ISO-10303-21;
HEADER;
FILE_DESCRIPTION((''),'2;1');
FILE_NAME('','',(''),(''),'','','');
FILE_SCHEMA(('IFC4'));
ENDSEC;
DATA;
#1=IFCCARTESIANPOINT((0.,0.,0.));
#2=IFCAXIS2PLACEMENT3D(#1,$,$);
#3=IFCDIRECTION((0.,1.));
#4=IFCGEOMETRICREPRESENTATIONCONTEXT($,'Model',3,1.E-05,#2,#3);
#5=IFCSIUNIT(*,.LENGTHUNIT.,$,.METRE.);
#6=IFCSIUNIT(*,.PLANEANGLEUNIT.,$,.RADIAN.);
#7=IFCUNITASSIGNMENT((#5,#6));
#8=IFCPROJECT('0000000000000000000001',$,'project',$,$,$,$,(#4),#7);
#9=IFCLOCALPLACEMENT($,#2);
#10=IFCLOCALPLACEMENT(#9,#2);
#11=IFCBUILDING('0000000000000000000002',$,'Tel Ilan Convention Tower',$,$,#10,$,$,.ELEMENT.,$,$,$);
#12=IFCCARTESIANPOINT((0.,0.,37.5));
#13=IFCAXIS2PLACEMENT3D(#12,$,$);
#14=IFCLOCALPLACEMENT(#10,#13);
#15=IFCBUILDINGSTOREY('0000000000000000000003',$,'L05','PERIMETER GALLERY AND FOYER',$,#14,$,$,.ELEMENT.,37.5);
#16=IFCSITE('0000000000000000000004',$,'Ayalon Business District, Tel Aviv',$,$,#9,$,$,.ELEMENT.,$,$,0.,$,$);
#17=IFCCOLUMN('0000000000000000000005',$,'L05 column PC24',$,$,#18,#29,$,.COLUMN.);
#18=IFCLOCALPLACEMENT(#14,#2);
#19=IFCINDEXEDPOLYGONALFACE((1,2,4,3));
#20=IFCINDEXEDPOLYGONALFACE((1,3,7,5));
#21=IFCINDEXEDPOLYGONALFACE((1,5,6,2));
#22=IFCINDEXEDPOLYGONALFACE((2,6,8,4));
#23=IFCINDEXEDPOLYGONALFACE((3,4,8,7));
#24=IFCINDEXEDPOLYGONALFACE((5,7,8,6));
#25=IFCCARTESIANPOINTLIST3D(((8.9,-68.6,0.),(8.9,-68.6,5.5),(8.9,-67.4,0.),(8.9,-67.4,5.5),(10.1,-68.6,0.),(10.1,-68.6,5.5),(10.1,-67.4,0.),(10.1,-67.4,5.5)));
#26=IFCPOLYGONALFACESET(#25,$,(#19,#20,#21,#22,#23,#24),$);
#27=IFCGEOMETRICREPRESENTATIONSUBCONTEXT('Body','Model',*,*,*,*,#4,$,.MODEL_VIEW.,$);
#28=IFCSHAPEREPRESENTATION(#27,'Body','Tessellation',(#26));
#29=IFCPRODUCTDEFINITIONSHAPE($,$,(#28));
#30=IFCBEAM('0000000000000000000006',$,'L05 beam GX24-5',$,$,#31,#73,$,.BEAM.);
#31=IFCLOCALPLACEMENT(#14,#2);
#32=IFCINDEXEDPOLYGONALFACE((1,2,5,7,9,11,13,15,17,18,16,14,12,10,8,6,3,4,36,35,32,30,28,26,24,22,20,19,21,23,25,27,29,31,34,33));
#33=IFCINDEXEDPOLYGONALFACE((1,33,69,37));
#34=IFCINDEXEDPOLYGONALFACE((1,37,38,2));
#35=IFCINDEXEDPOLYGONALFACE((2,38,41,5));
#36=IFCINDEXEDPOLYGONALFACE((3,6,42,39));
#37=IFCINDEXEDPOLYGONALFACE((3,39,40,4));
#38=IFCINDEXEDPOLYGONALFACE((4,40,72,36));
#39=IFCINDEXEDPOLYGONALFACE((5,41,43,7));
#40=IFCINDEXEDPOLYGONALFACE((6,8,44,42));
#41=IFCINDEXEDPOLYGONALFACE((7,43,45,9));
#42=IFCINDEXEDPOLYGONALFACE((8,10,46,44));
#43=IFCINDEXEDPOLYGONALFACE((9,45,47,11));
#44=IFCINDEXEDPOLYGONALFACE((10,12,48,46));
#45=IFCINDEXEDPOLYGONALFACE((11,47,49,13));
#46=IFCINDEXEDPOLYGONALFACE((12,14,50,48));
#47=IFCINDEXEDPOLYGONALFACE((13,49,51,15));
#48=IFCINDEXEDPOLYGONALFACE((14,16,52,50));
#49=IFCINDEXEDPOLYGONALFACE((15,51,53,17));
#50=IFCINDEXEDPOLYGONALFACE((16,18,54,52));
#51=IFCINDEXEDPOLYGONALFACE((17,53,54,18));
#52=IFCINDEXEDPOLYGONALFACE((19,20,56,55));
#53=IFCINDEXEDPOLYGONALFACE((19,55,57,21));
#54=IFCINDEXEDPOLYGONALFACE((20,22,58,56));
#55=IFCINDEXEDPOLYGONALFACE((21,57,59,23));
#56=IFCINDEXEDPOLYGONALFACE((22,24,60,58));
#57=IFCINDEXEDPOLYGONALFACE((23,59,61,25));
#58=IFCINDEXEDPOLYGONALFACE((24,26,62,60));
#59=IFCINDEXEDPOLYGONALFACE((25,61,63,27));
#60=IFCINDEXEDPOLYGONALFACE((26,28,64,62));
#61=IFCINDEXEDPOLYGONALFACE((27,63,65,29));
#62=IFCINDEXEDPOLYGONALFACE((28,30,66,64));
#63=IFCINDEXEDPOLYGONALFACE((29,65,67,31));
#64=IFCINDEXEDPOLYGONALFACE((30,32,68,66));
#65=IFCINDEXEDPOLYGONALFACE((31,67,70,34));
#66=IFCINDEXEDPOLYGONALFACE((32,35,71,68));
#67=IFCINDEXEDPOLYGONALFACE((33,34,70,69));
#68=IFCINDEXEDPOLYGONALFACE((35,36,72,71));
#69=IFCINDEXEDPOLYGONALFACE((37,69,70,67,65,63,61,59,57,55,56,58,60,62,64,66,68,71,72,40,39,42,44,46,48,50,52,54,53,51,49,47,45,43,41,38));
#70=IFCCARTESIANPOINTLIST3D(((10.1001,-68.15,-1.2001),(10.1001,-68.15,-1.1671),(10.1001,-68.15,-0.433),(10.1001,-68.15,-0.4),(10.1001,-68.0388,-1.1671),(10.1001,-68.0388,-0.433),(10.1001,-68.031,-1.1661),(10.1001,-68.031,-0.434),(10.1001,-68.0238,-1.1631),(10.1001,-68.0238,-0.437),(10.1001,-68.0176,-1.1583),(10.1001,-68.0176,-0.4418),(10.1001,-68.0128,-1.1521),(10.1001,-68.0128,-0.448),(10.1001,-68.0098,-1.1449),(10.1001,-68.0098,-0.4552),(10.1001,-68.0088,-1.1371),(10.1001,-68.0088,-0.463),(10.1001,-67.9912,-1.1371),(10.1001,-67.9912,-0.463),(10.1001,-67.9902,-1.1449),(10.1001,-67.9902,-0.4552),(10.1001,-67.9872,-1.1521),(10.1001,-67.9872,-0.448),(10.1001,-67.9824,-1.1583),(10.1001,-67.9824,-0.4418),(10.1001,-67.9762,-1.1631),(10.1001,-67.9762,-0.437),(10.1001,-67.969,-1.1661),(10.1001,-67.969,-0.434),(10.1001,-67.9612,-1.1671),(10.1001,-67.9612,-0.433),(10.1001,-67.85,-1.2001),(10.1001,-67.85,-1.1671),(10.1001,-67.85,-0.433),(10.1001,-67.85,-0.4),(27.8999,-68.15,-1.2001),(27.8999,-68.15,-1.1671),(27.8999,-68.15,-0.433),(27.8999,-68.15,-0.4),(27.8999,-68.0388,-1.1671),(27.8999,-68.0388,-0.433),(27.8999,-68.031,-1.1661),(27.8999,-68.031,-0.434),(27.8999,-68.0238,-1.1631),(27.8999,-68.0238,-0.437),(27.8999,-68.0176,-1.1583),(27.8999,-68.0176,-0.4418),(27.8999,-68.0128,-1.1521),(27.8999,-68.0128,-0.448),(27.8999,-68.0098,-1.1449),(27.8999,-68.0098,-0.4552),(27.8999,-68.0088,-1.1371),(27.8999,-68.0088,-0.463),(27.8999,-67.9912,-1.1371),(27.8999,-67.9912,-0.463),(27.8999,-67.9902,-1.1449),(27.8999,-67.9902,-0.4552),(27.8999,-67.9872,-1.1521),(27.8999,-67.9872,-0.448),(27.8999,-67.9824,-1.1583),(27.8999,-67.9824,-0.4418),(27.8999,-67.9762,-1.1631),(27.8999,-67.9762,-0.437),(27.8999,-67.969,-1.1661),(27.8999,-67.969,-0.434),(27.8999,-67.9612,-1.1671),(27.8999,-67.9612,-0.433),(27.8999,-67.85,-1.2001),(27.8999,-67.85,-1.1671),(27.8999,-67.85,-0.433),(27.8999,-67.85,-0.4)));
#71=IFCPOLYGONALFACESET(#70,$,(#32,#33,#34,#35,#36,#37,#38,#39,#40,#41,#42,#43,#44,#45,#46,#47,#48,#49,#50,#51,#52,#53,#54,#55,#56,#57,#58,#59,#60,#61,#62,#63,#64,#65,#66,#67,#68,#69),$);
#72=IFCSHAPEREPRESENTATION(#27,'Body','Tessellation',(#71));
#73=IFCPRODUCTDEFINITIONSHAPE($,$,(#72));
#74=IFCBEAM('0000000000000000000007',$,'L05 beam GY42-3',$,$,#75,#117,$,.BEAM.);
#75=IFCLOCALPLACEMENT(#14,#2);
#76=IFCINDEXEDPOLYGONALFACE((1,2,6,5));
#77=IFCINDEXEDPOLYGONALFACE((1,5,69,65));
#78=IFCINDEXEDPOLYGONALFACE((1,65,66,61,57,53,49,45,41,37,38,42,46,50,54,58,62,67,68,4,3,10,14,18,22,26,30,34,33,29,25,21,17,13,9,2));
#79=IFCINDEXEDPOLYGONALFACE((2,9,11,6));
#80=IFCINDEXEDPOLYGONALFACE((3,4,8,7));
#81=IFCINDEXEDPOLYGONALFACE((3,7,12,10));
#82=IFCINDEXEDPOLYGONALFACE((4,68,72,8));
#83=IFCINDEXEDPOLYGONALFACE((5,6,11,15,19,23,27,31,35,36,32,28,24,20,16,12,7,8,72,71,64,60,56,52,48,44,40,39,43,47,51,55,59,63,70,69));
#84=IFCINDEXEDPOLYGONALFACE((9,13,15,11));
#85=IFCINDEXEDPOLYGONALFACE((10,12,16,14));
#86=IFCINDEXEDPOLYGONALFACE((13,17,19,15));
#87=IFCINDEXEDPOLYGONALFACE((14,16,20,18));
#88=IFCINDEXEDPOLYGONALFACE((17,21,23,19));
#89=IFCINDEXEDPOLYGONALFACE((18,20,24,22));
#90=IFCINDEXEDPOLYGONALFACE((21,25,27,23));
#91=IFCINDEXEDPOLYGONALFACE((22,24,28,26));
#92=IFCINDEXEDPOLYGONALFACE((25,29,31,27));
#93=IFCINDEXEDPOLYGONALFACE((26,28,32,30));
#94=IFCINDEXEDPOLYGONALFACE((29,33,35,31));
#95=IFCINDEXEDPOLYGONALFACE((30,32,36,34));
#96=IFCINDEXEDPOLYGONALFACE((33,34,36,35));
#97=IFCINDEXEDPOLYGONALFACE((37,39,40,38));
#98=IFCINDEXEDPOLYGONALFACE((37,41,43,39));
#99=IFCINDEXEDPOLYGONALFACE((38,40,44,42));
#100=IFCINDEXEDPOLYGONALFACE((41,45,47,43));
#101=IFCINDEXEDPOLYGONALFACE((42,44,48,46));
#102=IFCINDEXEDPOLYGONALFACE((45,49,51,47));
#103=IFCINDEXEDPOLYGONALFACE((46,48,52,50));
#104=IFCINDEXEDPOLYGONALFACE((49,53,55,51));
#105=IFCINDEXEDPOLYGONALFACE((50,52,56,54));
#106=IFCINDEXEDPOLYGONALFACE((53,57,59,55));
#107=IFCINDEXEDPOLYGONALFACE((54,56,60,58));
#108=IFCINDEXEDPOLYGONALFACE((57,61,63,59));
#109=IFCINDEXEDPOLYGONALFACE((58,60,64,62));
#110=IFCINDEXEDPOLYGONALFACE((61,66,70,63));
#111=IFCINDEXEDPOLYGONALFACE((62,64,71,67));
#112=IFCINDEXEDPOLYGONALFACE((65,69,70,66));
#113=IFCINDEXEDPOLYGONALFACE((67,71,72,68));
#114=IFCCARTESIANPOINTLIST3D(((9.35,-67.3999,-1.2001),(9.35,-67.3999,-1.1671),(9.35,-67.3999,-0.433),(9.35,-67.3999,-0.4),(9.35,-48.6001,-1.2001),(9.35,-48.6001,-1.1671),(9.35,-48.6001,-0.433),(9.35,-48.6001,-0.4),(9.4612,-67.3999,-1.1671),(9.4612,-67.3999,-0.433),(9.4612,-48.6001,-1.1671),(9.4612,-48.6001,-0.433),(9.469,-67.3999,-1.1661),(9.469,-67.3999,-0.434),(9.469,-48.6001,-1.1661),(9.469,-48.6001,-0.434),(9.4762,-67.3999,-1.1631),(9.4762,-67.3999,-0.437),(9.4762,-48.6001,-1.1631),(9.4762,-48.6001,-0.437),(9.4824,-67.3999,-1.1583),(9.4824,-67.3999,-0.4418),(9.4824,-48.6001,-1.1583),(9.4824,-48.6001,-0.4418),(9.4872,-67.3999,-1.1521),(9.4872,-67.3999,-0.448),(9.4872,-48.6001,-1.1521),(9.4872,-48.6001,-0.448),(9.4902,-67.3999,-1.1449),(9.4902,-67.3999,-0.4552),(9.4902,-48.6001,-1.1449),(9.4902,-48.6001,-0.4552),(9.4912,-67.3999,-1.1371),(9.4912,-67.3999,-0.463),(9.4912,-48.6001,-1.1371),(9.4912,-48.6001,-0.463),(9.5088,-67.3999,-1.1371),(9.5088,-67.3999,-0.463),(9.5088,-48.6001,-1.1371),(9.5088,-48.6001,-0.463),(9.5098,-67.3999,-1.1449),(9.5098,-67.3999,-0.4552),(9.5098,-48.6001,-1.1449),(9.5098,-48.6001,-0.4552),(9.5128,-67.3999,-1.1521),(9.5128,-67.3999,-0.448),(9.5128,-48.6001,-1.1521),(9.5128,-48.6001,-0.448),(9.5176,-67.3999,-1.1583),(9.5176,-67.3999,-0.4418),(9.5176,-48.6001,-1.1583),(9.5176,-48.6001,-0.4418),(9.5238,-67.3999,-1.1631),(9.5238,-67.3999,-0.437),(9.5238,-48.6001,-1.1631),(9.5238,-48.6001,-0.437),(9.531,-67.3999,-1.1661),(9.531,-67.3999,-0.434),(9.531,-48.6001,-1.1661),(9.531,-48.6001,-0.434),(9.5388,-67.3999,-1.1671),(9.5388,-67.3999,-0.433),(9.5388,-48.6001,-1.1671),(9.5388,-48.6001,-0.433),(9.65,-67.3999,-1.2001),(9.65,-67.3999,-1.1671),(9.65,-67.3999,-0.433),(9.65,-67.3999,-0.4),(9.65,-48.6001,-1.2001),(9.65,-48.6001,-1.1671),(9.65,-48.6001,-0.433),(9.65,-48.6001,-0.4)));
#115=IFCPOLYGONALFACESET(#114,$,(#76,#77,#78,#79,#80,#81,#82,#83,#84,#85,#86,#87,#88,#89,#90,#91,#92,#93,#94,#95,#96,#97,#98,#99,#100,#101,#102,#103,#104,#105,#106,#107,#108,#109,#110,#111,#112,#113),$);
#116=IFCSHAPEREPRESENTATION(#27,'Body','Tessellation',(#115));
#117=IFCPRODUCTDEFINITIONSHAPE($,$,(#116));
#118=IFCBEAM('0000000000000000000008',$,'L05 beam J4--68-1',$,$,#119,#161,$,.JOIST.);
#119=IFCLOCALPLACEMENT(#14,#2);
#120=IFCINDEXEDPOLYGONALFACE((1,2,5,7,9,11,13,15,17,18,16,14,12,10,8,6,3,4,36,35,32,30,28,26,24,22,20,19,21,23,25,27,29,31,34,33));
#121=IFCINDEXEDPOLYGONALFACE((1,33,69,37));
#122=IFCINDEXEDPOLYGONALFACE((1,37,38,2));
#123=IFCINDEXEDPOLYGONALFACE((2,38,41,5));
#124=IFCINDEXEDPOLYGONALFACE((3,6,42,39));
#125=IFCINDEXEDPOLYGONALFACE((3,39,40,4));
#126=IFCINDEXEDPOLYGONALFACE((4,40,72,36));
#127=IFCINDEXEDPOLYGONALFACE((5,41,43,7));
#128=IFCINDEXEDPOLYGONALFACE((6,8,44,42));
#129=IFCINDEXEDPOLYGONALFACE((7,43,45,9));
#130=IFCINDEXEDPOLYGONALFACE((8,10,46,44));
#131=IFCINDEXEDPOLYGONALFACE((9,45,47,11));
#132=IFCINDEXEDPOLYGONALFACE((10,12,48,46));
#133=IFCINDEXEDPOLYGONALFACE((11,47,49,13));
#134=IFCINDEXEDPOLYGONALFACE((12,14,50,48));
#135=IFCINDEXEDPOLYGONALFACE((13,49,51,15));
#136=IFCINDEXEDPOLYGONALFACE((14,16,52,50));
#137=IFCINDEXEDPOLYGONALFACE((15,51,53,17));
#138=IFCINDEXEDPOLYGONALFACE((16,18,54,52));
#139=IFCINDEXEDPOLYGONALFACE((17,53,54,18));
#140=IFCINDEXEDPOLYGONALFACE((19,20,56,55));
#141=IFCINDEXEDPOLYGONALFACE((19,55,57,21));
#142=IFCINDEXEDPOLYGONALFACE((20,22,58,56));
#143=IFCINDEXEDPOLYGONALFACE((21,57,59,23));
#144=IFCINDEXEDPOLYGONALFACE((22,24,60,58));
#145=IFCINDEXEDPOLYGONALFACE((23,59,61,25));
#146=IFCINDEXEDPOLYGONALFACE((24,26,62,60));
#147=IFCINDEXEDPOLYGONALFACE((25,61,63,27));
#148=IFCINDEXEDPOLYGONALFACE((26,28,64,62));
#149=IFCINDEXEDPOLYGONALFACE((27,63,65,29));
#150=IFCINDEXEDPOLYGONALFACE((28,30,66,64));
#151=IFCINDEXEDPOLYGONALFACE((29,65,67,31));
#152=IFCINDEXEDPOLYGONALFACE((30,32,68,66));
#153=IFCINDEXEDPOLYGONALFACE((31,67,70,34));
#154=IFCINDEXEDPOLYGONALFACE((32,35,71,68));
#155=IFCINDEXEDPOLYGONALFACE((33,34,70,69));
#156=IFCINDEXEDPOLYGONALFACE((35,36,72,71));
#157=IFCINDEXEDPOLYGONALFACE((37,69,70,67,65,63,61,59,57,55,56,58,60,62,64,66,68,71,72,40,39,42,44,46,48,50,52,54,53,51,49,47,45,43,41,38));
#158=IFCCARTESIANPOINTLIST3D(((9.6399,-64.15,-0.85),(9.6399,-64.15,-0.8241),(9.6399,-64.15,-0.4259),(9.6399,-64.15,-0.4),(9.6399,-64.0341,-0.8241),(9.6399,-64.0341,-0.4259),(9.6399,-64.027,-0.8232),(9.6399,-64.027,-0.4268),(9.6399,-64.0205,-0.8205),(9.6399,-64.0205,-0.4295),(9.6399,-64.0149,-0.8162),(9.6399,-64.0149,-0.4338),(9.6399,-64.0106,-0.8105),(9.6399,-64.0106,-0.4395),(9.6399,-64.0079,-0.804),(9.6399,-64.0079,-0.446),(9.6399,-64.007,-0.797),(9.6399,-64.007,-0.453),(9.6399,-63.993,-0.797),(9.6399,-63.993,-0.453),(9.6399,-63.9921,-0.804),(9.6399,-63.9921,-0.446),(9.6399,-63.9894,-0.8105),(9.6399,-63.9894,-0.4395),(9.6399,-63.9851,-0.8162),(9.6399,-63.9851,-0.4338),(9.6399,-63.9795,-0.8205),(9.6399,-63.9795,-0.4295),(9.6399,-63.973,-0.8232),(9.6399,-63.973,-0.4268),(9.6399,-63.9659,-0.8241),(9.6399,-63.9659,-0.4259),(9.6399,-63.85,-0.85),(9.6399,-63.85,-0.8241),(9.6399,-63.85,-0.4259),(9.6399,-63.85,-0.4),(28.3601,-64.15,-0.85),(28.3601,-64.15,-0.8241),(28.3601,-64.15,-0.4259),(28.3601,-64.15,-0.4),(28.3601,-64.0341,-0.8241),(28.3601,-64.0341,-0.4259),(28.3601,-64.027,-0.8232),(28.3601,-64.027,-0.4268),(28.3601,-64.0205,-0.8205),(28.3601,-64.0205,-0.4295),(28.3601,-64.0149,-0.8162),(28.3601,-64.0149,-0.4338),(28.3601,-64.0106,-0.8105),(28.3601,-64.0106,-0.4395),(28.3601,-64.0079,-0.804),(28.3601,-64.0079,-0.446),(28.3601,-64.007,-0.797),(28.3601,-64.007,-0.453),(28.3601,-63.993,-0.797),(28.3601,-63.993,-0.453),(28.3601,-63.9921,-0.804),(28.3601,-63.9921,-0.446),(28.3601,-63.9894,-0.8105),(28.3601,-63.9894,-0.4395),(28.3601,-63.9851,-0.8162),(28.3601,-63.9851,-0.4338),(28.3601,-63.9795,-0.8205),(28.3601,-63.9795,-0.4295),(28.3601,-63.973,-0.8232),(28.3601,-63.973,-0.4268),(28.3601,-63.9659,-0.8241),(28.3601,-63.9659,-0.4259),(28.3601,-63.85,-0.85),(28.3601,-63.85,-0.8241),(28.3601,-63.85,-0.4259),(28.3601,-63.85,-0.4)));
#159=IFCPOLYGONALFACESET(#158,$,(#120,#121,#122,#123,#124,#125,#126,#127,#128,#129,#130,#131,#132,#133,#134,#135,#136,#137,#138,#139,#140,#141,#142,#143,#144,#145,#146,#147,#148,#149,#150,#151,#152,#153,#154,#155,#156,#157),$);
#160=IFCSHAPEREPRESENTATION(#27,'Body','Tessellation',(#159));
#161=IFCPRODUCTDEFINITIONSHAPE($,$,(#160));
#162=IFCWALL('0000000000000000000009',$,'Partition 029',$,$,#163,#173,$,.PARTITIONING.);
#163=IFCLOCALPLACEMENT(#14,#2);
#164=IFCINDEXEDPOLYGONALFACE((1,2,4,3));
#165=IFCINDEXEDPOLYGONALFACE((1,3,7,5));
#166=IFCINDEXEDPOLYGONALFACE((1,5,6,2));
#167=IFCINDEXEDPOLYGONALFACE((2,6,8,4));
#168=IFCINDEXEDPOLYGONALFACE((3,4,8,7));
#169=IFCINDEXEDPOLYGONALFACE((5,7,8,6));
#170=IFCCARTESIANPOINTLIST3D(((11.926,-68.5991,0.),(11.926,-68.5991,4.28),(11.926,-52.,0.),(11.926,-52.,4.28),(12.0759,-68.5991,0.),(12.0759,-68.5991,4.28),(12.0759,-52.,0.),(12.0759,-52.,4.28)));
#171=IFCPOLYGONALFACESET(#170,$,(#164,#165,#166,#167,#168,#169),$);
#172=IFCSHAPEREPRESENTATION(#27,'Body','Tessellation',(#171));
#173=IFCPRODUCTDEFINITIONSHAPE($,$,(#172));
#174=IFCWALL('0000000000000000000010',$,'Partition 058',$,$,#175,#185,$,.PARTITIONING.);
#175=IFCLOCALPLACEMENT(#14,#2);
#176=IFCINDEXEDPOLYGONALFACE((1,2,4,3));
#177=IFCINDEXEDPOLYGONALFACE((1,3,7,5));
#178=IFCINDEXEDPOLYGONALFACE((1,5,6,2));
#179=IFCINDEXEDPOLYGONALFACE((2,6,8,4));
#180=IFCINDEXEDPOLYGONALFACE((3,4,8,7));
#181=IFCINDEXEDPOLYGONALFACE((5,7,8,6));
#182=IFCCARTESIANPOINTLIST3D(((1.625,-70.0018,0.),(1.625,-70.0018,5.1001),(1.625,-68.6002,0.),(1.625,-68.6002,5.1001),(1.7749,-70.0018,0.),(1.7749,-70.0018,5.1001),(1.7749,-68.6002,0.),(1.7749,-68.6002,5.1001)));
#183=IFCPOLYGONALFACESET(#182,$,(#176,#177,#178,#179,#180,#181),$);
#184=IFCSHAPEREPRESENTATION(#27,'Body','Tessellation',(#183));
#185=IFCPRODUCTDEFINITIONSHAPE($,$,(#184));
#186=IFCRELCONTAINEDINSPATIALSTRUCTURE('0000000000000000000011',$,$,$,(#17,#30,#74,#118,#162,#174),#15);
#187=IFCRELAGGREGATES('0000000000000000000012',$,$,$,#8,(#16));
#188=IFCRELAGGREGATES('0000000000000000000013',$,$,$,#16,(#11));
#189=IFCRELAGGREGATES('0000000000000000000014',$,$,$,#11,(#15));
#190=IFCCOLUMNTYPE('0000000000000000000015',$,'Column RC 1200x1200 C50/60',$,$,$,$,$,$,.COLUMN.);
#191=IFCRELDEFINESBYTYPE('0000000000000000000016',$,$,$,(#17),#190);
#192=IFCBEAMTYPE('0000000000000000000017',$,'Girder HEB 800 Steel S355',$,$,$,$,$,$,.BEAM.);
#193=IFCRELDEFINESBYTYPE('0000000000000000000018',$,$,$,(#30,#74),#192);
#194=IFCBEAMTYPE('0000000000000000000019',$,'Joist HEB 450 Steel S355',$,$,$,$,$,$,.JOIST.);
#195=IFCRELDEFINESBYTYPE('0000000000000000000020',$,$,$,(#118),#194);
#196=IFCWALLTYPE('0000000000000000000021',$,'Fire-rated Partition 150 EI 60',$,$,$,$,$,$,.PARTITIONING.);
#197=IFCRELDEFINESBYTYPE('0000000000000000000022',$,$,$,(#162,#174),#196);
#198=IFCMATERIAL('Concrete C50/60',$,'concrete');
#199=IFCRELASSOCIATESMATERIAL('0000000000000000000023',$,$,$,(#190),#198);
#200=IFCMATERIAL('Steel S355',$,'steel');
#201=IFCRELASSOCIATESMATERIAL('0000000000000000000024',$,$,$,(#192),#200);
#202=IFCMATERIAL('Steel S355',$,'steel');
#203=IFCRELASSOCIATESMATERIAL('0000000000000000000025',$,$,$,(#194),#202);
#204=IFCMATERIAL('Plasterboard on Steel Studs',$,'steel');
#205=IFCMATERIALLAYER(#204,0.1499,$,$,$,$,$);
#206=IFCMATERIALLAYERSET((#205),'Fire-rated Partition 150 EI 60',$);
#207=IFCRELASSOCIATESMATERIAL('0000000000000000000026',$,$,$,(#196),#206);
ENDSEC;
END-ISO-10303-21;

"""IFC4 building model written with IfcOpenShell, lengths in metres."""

from ifc_helpers import new_model, si_unit, direction, frame, frame_2d, origin, origin_2d, place, context, subcontext, project, spatial, rectangle, i_section, extrude, material, layer, layer_set, material_profile, profile_set, type_object, element, save


model = new_model("IFC4")

# Units and contexts
model_context = context("Model", 3, precision=1e-05, world=origin(), true_north=direction((0.0, 1.0)))
body_context = subcontext(model_context, "Body", "Model", "MODEL_VIEW")
ifc_project = project(units=[si_unit("LENGTHUNIT", "METRE"), si_unit("PLANEANGLEUNIT", "RADIAN")], contexts=[model_context])

# Site, building, storey
site_placement = place(None, origin())
site = spatial("IfcSite", under=ifc_project, at=site_placement, Name="Ayalon Business District, Tel Aviv", CompositionType="ELEMENT", RefElevation=0.0)
building_placement = place(site_placement, origin())
building = spatial("IfcBuilding", under=site, at=building_placement, Name="Tel Ilan Convention Tower", CompositionType="ELEMENT")
storey_placement = place(building_placement, frame((0.0, 0.0, 37.5)))
storey = spatial("IfcBuildingStorey", under=building, at=storey_placement, Name="L05", Description="PERIMETER GALLERY AND FOYER", CompositionType="ELEMENT", Elevation=37.5)

# Column
ifc_material_1 = material(Name="Concrete C50/60", Category="concrete")
ifc_material_profile_1 = material_profile(ifc_material_1, rectangle(XDim=1.2, YDim=1.2, at=origin_2d()), Name="RC 1200x1200")
ifc_profile_set_1 = profile_set([ifc_material_profile_1], Name="Concrete C50/60")
column_type = type_object("IfcColumnType", Name="Column RC 1200x1200 C50/60", PredefinedType="COLUMN", material=ifc_profile_set_1)
column_placement = place(storey_placement, frame((9.5, -68.0, 0.0), z_axis=(0.0, 0.0, 1.0), x_axis=(1.0, 0.0, 0.0)))
element("IfcColumn", 1, at=column_placement, inside=storey, type_object=column_type, Name="L05 column PC24", PredefinedType="COLUMN", context=body_context, shape_type="SweptSolid", body=[
    extrude(rectangle(XDim=1.2, YDim=1.2, at=origin_2d()), origin(), (0.0, 0.0, 1.0), 5.5),
])

# Beams
ifc_material_2 = material(Name="Steel S355", Category="steel")
ifc_material_profile_2 = material_profile(ifc_material_2, i_section(OverallWidth=0.3, OverallDepth=0.8, WebThickness=0.0176, FlangeThickness=0.033, FilletRadius=0.03, at=origin_2d()), Name="HEB 800")
ifc_profile_set_2 = profile_set([ifc_material_profile_2], Name="Steel S355")
beam_type_1 = type_object("IfcBeamType", Name="Girder HEB 800 Steel S355", PredefinedType="BEAM", material=ifc_profile_set_2)
beam_1_placement = place(storey_placement, frame((10.1001, -68.0, -0.8), z_axis=(1.0, 0.0, 0.0), x_axis=(0.0, 1.0, 0.0)))
element("IfcBeam", 2, at=beam_1_placement, inside=storey, type_object=beam_type_1, Name="L05 beam GX24-5", PredefinedType="BEAM", context=body_context, shape_type="SweptSolid", body=[
    extrude(i_section(OverallWidth=0.3, OverallDepth=0.8, WebThickness=0.0176, FlangeThickness=0.033, FilletRadius=0.03, at=origin_2d()), origin(), (0.0, 0.0, 1.0), 17.7998),
])
beam_2_placement = place(storey_placement, frame((9.5, -67.3999, -0.8), z_axis=(0.0, 1.0, 0.0), x_axis=(-1.0, 0.0, 0.0)))
element("IfcBeam", 3, at=beam_2_placement, inside=storey, type_object=beam_type_1, Name="L05 beam GY42-3", PredefinedType="BEAM", context=body_context, shape_type="SweptSolid", body=[
    extrude(i_section(OverallWidth=0.3, OverallDepth=0.8, WebThickness=0.0176, FlangeThickness=0.033, FilletRadius=0.03, at=origin_2d()), origin(), (0.0, 0.0, 1.0), 18.7998),
])
ifc_material_3 = material(Name="Steel S355", Category="steel")
ifc_material_profile_3 = material_profile(ifc_material_3, i_section(OverallWidth=0.3, OverallDepth=0.45, WebThickness=0.0139, FlangeThickness=0.0259, FilletRadius=0.0271, at=origin_2d()), Name="HEB 450")
ifc_profile_set_3 = profile_set([ifc_material_profile_3], Name="Steel S355")
beam_type_2 = type_object("IfcBeamType", Name="Joist HEB 450 Steel S355", PredefinedType="JOIST", material=ifc_profile_set_3)
beam_3_placement = place(storey_placement, frame((9.6399, -64.0, -0.625), z_axis=(1.0, 0.0, 0.0), x_axis=(0.0, 1.0, 0.0)))
element("IfcBeam", 4, at=beam_3_placement, inside=storey, type_object=beam_type_2, Name="L05 beam J4--68-1", PredefinedType="JOIST", context=body_context, shape_type="SweptSolid", body=[
    extrude(i_section(OverallWidth=0.3, OverallDepth=0.45, WebThickness=0.0139, FlangeThickness=0.0259, FilletRadius=0.0271, at=origin_2d()), origin(), (0.0, 0.0, 1.0), 18.7202),
])

# Walls
ifc_material_4 = material(Name="Plasterboard on Steel Studs", Category="steel")
ifc_layer_1 = layer(ifc_material_4, 0.1499)
ifc_layer_set_1 = layer_set([ifc_layer_1], Name="Fire-rated Partition 150 EI 60")
wall_type_1 = type_object("IfcWallType", Name="Fire-rated Partition 150 EI 60", PredefinedType="PARTITIONING", material=ifc_layer_set_1)
wall_1_placement = place(storey_placement, frame((12.001, -68.5991, 0.0), z_axis=(0.0, 0.0, 1.0), x_axis=(0.0, 1.0, 0.0)))
element("IfcWall", 5, at=wall_1_placement, inside=storey, type_object=wall_type_1, Name="Partition 029", PredefinedType="PARTITIONING", context=body_context, shape_type="SweptSolid", body=[
    extrude(rectangle(XDim=16.5991, YDim=0.1499, at=frame_2d((8.2996, 0.0))), origin(), (0.0, 0.0, 1.0), 4.28),
])
wall_2_placement = place(storey_placement, frame((1.7, -70.0017, 0.0), z_axis=(0.0, 0.0, 1.0), x_axis=(0.0, 1.0, 0.0)))
element("IfcWall", 6, at=wall_2_placement, inside=storey, type_object=wall_type_1, Name="Partition 058", PredefinedType="PARTITIONING", context=body_context, shape_type="SweptSolid", body=[
    extrude(rectangle(XDim=1.4016, YDim=0.1499, at=frame_2d((0.7007, 0.0))), origin(), (0.0, 0.0, 1.0), 5.1001),
])

save(model, "model.ifc")
